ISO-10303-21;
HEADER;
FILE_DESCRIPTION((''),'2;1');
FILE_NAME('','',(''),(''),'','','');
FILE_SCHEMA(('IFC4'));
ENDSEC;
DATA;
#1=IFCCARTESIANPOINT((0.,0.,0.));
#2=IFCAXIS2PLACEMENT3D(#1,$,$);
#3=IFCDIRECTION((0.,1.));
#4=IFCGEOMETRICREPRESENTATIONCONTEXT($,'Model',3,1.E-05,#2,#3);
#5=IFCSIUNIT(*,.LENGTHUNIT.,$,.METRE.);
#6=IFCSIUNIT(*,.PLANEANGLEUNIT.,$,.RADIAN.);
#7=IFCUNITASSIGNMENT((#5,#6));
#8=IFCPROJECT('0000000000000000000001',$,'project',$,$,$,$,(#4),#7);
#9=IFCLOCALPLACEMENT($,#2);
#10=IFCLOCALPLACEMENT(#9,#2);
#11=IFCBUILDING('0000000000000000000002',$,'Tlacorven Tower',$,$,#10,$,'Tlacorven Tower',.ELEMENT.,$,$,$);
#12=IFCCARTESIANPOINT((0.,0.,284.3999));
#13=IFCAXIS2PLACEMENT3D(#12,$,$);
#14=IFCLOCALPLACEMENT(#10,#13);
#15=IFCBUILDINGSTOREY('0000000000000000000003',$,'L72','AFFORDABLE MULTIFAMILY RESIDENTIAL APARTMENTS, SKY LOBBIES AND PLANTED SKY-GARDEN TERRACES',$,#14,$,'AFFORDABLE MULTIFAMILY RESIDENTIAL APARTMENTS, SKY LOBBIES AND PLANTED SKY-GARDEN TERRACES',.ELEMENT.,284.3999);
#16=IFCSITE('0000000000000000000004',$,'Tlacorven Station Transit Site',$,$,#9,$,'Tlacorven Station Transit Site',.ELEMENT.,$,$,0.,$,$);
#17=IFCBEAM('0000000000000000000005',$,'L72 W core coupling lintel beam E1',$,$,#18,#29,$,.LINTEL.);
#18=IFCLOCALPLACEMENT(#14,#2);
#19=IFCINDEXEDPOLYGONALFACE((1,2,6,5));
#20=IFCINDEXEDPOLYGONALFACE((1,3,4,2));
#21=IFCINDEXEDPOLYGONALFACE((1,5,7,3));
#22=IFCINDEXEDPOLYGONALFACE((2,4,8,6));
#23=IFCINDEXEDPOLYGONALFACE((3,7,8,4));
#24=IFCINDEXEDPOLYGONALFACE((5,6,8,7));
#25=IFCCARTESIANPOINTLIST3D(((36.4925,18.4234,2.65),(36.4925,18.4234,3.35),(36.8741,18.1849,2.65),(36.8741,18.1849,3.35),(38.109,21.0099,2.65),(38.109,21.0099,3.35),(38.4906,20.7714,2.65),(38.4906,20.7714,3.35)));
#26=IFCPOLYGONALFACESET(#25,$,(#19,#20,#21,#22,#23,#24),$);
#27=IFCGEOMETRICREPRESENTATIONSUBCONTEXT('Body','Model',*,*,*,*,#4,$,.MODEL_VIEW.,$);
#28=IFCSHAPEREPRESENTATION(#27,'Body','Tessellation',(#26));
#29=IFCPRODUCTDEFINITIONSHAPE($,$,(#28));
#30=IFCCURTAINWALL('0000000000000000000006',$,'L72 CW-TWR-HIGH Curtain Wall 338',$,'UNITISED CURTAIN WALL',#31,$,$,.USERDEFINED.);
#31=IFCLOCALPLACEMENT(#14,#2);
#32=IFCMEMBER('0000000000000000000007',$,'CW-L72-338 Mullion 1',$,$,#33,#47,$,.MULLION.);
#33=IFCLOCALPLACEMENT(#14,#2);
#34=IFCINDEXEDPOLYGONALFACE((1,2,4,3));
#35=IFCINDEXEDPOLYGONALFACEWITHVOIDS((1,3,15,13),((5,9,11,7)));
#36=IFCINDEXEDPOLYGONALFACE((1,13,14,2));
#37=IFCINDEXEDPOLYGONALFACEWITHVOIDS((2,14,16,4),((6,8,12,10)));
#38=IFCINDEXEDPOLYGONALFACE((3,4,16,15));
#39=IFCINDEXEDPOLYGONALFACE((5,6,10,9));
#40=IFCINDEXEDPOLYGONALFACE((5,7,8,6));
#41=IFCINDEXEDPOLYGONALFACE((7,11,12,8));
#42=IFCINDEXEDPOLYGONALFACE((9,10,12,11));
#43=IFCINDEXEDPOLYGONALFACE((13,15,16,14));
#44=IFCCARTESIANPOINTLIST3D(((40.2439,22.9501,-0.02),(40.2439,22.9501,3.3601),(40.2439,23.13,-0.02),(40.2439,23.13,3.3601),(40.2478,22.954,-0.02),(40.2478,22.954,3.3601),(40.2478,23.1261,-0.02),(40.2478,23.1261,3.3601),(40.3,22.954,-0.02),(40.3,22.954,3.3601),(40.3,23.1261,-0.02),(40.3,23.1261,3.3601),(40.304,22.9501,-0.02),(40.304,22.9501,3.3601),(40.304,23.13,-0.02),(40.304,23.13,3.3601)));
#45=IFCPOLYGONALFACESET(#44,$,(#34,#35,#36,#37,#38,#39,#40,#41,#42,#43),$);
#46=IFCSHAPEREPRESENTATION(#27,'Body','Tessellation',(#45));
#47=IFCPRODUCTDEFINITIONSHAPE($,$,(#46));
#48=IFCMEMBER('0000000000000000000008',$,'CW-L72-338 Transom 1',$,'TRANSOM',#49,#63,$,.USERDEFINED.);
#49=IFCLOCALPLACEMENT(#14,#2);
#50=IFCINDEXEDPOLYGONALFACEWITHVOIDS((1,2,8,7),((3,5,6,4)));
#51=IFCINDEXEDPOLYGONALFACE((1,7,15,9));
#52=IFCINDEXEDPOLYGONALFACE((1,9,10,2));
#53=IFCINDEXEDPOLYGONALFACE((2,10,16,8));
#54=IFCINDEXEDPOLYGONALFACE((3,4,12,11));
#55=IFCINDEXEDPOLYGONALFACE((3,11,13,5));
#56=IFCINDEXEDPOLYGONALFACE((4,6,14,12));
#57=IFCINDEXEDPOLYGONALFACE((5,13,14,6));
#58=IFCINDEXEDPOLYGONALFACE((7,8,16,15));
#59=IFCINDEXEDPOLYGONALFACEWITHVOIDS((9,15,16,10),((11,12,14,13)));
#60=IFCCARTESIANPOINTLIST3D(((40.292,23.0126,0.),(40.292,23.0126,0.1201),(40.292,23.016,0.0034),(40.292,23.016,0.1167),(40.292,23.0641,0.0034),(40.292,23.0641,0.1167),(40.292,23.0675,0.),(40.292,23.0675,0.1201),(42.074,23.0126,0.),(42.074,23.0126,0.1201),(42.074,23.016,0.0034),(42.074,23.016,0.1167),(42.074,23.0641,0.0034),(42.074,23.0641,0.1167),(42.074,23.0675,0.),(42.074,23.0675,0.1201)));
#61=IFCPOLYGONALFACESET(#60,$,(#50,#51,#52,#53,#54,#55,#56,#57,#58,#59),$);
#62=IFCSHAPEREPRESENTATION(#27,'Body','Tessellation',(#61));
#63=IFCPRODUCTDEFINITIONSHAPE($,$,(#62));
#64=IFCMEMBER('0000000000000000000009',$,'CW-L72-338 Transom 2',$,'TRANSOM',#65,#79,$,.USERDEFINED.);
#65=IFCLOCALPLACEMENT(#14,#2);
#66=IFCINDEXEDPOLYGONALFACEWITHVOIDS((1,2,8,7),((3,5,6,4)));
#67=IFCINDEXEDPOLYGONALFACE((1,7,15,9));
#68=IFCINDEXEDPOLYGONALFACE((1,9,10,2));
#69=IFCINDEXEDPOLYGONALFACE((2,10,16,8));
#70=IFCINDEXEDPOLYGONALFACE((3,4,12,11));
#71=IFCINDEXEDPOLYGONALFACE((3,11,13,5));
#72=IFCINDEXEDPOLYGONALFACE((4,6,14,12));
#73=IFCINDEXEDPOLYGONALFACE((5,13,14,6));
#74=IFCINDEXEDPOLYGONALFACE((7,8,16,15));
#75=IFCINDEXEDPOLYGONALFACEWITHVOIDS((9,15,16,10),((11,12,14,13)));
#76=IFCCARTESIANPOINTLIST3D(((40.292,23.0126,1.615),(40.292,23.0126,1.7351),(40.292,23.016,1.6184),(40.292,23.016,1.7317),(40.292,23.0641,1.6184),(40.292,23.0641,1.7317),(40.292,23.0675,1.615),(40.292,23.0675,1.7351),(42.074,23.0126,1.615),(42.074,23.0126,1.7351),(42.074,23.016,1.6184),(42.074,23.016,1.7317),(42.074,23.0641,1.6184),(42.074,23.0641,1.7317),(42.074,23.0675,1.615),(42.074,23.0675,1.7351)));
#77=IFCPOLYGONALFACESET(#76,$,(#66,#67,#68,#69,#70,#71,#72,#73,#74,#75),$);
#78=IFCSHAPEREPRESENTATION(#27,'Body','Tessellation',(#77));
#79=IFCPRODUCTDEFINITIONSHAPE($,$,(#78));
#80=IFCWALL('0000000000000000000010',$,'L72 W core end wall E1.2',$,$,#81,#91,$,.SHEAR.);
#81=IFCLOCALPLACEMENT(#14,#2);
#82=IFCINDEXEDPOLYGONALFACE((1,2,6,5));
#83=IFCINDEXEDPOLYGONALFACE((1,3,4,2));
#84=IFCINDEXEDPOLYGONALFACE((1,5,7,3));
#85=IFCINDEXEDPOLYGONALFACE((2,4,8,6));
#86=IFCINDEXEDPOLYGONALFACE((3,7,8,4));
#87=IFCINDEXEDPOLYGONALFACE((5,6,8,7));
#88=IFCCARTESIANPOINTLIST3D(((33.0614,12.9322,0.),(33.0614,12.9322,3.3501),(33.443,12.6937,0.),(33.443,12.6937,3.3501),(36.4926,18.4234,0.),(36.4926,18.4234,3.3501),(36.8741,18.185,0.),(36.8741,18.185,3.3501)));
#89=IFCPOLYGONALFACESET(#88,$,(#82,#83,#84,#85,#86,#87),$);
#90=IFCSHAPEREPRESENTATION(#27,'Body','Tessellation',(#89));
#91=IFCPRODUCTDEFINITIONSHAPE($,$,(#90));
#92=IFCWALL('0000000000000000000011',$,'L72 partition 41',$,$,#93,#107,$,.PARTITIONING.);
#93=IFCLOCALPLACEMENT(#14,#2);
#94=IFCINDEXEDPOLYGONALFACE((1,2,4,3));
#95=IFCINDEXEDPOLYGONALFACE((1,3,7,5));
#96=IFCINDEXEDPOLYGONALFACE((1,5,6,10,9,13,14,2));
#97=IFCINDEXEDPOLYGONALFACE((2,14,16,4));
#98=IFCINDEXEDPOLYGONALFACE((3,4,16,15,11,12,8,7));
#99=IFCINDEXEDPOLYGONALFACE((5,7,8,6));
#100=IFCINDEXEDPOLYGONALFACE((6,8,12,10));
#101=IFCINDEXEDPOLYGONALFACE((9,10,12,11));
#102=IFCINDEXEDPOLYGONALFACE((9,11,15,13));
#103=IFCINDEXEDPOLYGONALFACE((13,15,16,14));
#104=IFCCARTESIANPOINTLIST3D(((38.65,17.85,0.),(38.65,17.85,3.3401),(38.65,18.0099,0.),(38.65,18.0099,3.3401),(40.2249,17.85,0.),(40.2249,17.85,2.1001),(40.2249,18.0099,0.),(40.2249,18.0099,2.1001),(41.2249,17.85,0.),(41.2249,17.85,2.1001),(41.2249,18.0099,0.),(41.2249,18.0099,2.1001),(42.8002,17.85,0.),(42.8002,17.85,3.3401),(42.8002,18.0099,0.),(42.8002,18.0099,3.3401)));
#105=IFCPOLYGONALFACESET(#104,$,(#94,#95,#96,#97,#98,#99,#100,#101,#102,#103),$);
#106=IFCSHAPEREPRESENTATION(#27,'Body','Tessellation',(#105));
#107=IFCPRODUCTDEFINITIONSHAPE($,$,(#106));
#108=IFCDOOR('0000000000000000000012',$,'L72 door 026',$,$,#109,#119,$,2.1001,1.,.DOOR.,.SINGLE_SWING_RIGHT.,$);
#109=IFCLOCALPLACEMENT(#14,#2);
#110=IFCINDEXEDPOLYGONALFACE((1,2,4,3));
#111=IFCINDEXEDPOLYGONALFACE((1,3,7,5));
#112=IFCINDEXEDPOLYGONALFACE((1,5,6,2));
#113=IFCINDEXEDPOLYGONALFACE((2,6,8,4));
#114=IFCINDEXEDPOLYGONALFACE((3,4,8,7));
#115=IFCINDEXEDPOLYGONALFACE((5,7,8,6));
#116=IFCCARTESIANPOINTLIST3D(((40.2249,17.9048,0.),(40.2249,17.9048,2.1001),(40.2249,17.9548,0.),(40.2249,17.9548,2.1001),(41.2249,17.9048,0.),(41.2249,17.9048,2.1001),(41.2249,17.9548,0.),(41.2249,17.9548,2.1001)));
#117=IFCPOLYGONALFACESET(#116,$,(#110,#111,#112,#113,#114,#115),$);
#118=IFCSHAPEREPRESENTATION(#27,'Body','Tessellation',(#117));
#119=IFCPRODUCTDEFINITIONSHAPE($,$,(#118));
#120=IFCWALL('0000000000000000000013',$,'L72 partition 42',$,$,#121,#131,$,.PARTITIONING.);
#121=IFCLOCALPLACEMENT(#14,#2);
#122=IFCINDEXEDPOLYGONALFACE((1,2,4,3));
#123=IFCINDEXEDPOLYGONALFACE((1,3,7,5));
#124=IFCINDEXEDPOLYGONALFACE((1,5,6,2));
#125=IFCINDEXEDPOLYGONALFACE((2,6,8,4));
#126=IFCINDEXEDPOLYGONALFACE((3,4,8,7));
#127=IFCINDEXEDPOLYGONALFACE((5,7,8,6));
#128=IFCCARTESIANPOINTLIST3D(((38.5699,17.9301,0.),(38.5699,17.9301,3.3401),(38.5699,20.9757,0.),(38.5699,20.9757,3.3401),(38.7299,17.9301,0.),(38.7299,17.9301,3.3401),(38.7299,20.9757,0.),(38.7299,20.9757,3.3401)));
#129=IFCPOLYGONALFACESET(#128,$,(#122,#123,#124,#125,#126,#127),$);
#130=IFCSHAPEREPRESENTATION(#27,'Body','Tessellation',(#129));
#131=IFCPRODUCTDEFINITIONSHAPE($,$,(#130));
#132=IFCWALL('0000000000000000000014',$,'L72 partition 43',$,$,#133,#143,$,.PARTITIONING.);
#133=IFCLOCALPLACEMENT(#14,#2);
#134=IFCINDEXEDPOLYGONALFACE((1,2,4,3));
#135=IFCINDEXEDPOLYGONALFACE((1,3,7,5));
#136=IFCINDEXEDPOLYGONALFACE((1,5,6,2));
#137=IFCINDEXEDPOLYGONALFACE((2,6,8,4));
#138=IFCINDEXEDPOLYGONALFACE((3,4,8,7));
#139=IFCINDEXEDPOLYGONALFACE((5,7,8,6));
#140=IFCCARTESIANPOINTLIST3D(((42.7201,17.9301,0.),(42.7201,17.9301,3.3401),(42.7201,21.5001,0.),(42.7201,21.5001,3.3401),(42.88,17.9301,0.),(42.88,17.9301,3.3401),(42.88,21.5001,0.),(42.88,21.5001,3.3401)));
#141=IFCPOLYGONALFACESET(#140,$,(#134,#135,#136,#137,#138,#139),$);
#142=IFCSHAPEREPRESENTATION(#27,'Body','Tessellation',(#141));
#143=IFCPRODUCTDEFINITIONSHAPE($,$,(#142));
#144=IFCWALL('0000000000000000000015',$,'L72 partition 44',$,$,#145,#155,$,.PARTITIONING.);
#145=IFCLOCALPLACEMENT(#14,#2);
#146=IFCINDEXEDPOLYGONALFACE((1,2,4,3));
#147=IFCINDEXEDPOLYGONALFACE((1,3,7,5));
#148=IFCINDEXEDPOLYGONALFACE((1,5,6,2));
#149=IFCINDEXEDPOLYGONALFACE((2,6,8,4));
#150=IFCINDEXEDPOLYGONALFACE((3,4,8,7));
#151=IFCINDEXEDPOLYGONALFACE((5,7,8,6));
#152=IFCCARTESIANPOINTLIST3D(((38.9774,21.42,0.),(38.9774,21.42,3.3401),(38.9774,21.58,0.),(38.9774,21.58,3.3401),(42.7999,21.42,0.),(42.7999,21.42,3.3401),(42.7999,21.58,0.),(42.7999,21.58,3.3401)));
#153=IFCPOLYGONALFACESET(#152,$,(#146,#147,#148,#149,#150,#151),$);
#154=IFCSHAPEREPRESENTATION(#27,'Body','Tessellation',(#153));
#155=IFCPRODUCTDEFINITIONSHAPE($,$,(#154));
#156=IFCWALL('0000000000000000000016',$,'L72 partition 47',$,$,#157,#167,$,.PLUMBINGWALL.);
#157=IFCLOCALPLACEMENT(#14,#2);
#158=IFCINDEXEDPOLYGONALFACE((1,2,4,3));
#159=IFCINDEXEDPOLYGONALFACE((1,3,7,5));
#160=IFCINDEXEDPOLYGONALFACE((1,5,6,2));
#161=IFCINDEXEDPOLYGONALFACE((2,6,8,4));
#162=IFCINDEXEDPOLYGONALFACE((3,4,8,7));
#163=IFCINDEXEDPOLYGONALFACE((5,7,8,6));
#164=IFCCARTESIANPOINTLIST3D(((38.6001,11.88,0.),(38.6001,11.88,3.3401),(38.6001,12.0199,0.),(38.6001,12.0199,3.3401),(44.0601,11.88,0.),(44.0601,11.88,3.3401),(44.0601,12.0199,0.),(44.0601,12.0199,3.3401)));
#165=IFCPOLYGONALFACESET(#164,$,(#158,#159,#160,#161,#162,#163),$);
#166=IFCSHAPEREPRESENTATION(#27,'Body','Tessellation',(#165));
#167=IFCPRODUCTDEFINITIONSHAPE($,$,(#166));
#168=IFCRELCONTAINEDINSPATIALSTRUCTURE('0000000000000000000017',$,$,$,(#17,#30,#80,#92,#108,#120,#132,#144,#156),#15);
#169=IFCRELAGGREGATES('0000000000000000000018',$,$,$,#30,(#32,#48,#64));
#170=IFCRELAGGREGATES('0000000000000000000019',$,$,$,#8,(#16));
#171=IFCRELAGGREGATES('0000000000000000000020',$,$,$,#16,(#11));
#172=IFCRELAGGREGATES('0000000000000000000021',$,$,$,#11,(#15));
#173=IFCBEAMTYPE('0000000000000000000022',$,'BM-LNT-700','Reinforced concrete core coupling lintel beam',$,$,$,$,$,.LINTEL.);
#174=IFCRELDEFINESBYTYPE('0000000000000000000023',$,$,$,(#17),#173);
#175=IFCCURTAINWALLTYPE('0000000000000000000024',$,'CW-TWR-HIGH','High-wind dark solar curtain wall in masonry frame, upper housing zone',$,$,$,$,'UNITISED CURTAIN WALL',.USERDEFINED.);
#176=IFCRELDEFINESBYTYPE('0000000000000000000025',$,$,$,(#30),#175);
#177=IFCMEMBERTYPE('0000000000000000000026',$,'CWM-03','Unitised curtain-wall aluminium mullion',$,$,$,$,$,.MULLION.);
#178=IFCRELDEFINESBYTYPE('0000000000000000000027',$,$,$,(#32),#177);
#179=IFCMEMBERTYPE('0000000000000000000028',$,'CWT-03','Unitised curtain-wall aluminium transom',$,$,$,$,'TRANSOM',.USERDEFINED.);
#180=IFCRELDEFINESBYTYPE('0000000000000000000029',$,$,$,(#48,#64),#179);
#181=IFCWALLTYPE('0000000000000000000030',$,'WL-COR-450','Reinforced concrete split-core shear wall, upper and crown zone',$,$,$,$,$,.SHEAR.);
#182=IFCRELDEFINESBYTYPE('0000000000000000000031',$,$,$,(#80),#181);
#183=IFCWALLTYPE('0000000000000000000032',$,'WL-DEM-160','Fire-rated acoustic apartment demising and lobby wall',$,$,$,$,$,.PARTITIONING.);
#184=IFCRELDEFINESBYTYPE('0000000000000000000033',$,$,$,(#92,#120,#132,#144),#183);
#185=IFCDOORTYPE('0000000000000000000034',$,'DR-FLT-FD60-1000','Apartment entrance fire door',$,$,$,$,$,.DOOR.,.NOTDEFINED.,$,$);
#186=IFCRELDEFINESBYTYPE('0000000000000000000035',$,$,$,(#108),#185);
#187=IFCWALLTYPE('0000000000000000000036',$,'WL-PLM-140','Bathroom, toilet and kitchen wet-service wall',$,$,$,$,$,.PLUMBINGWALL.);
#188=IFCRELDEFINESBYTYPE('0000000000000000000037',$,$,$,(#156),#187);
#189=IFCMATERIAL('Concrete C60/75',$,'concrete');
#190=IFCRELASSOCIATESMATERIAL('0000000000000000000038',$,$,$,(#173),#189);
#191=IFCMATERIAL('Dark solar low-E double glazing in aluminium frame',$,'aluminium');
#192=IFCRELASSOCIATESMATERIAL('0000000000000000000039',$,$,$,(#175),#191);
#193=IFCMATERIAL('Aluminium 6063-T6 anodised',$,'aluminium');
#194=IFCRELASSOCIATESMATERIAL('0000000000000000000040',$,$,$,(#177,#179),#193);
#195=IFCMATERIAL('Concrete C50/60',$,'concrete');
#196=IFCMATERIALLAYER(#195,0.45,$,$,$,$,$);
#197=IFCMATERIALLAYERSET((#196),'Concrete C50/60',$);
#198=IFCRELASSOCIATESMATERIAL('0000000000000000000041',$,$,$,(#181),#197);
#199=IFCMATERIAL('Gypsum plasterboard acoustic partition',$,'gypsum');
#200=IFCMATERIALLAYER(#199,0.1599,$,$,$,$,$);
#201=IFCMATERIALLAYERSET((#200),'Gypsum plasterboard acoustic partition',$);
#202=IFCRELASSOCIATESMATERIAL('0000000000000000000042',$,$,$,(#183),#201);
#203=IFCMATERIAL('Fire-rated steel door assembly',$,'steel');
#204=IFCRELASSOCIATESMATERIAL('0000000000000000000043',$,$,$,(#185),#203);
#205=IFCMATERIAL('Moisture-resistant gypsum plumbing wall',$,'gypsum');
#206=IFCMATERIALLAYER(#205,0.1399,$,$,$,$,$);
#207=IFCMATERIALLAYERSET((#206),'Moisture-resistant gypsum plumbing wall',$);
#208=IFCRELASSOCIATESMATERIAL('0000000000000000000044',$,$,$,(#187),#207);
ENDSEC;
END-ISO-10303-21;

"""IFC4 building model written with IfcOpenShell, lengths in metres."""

from ifc_helpers import new_model, si_unit, direction, frame, frame_2d, origin, origin_2d, place, context, subcontext, project, spatial, rectangle, hollow_rectangle, extrude, source, transform, mapped, material, layer, layer_set, material_profile, profile_set, type_object, element, fill, aggregate, save


model = new_model("IFC4")

# Units and contexts
model_context = context("Model", 3, precision=1e-05, world=origin(), true_north=direction((0.0, 1.0)))
body_context = subcontext(model_context, "Body", "Model", "MODEL_VIEW")
ifc_project = project(units=[si_unit("LENGTHUNIT", "METRE"), si_unit("PLANEANGLEUNIT", "RADIAN")], contexts=[model_context])

# Site, building, storey
site_placement = place(None, origin())
site = spatial("IfcSite", under=ifc_project, at=site_placement, Name="Tlacorven Station Transit Site", LongName="Tlacorven Station Transit Site", CompositionType="ELEMENT", RefElevation=0.0)
building_placement = place(site_placement, origin())
building = spatial("IfcBuilding", under=site, at=building_placement, Name="Tlacorven Tower", LongName="Tlacorven Tower", CompositionType="ELEMENT")
storey_placement = place(building_placement, frame((0.0, 0.0, 284.3999)))
storey = spatial("IfcBuildingStorey", under=building, at=storey_placement, Name="L72", Description="AFFORDABLE MULTIFAMILY RESIDENTIAL APARTMENTS, SKY LOBBIES AND PLANTED SKY-GARDEN TERRACES", LongName="AFFORDABLE MULTIFAMILY RESIDENTIAL APARTMENTS, SKY LOBBIES AND PLANTED SKY-GARDEN TERRACES", CompositionType="ELEMENT", Elevation=284.3999)

# Beam
ifc_material_1 = material(Name="Concrete C60/75", Category="concrete")
ifc_material_profile_1 = material_profile(ifc_material_1, rectangle(XDim=0.45, YDim=0.7, at=origin_2d()), Name="RC 450X700")
ifc_profile_set_1 = profile_set([ifc_material_profile_1], Name="Concrete C60/75")
beam_type = type_object("IfcBeamType", Name="BM-LNT-700", Description="Reinforced concrete core coupling lintel beam", PredefinedType="LINTEL", material=ifc_profile_set_1)
shared_shape_1 = source(origin(), body_context, "Body", "SweptSolid", [
    extrude(rectangle(XDim=0.45, YDim=0.7, at=origin_2d()), origin(), (0.0, 0.0, 1.0), 3.05),
])
beam_placement = place(storey_placement, frame((38.2998, 20.8906, 3.0), z_axis=(-0.529985, -0.848007, 0.0), x_axis=(0.848007, -0.529985, 0.0)))
element("IfcBeam", 1, at=beam_placement, inside=storey, type_object=beam_type, Name="L72 W core coupling lintel beam E1", PredefinedType="LINTEL", context=body_context, shape_type="MappedRepresentation", body=[
    mapped(shared_shape_1, transform((0.0, 0.0, 0.0), scale=1.0)),
])

# Curtain wall, members
ifc_material_2 = material(Name="Dark solar low-E double glazing in aluminium frame", Category="aluminium")
curtain_wall_type = type_object("IfcCurtainWallType", Name="CW-TWR-HIGH", Description="High-wind dark solar curtain wall in masonry frame, upper housing zone", ElementType="UNITISED CURTAIN WALL", PredefinedType="USERDEFINED", material=ifc_material_2)
curtain_wall_placement = place(storey_placement, origin())
curtain_wall = element("IfcCurtainWall", 2, at=curtain_wall_placement, inside=storey, type_object=curtain_wall_type, Name="L72 CW-TWR-HIGH Curtain Wall 338", ObjectType="UNITISED CURTAIN WALL", PredefinedType="USERDEFINED")
ifc_material_3 = material(Name="Aluminium 6063-T6 anodised", Category="aluminium")
ifc_material_profile_2 = material_profile(ifc_material_3, hollow_rectangle(XDim=0.0601, YDim=0.1799, WallThickness=0.0039, at=origin_2d()), Name="ALU MULLION 60X180")
ifc_profile_set_2 = profile_set([ifc_material_profile_2], Name="Aluminium 6063-T6 anodised")
member_type_1 = type_object("IfcMemberType", Name="CWM-03", Description="Unitised curtain-wall aluminium mullion", PredefinedType="MULLION", material=ifc_profile_set_2)
shared_shape_2 = source(origin(), body_context, "Body", "SweptSolid", [
    extrude(hollow_rectangle(XDim=0.0601, YDim=0.1799, WallThickness=0.0039, at=origin_2d()), origin(), (0.0, 0.0, 1.0), 3.3801),
])
member_1_placement = place(storey_placement, frame((40.2739, 23.04, -0.02), z_axis=(0.0, 0.0, 1.0), x_axis=(1.0, 0.0, 0.0)))
member_1 = element("IfcMember", 3, at=member_1_placement, type_object=member_type_1, Name="CW-L72-338 Mullion 1", PredefinedType="MULLION", context=body_context, shape_type="MappedRepresentation", body=[
    mapped(shared_shape_2, transform((0.0, 0.0, 0.0), scale=1.0)),
])
ifc_material_profile_3 = material_profile(ifc_material_3, hollow_rectangle(XDim=0.0549, YDim=0.1201, WallThickness=0.0034, at=origin_2d()), Name="ALU TRANSOM 55X120")
ifc_profile_set_3 = profile_set([ifc_material_profile_3], Name="Aluminium 6063-T6 anodised")
member_type_2 = type_object("IfcMemberType", Name="CWT-03", Description="Unitised curtain-wall aluminium transom", ElementType="TRANSOM", PredefinedType="USERDEFINED", material=ifc_profile_set_3)
shared_shape_3 = source(origin(), body_context, "Body", "SweptSolid", [
    extrude(hollow_rectangle(XDim=0.0549, YDim=0.1201, WallThickness=0.0034, at=origin_2d()), origin(), (0.0, 0.0, 1.0), 1.782),
])
member_2_placement = place(storey_placement, frame((40.292, 23.04, 0.0601), z_axis=(1.0, 0.0, 0.0), x_axis=(0.0, 1.0, 0.0)))
member_2 = element("IfcMember", 4, at=member_2_placement, type_object=member_type_2, Name="CW-L72-338 Transom 1", ObjectType="TRANSOM", PredefinedType="USERDEFINED", context=body_context, shape_type="MappedRepresentation", body=[
    mapped(shared_shape_3, transform((0.0, 0.0, 0.0), scale=1.0)),
])
member_3_placement = place(storey_placement, frame((40.292, 23.04, 1.675), z_axis=(1.0, 0.0, 0.0), x_axis=(0.0, 1.0, 0.0)))
member_3 = element("IfcMember", 5, at=member_3_placement, type_object=member_type_2, Name="CW-L72-338 Transom 2", ObjectType="TRANSOM", PredefinedType="USERDEFINED", context=body_context, shape_type="MappedRepresentation", body=[
    mapped(shared_shape_3, transform((0.0, 0.0, 0.0), scale=1.0)),
])
aggregate(curtain_wall, [member_1, member_2, member_3])

# Wall
ifc_material_4 = material(Name="Concrete C50/60", Category="concrete")
ifc_layer_1 = layer(ifc_material_4, 0.45)
ifc_layer_set_1 = layer_set([ifc_layer_1], Name="Concrete C50/60")
wall_type_1 = type_object("IfcWallType", Name="WL-COR-450", Description="Reinforced concrete split-core shear wall, upper and crown zone", PredefinedType="SHEAR", material=ifc_layer_set_1)
wall_1_placement = place(storey_placement, frame((36.6833, 18.3042, 0.0), z_axis=(0.0, 0.0, 1.0), x_axis=(-0.529904, -0.848058, 0.0)))
element("IfcWall", 6, at=wall_1_placement, inside=storey, type_object=wall_type_1, Name="L72 W core end wall E1.2", PredefinedType="SHEAR", context=body_context, shape_type="SweptSolid", body=[
    extrude(rectangle(XDim=6.4751, YDim=0.45, at=frame_2d((3.2375, 0.0))), origin(), (0.0, 0.0, 1.0), 3.3501),
])

# Wall, opening, door
ifc_material_5 = material(Name="Gypsum plasterboard acoustic partition", Category="gypsum")
ifc_layer_2 = layer(ifc_material_5, 0.1599)
ifc_layer_set_2 = layer_set([ifc_layer_2], Name="Gypsum plasterboard acoustic partition")
wall_type_2 = type_object("IfcWallType", Name="WL-DEM-160", Description="Fire-rated acoustic apartment demising and lobby wall", PredefinedType="PARTITIONING", material=ifc_layer_set_2)
wall_2_placement = place(storey_placement, frame((38.6499, 17.9299, 0.0), z_axis=(0.0, 0.0, 1.0), x_axis=(1.0, 0.0, 0.0)))
wall_2 = element("IfcWall", 7, at=wall_2_placement, inside=storey, type_object=wall_type_2, Name="L72 partition 41", PredefinedType="PARTITIONING", context=body_context, shape_type="SweptSolid", body=[
    extrude(rectangle(XDim=4.1501, YDim=0.1599, at=frame_2d((2.0752, 0.0))), origin(), (0.0, 0.0, 1.0), 3.3401),
])
opening_1_placement = place(wall_2_placement, frame((1.575, 0.0, 0.0)))
opening_1 = element("IfcOpeningElement", 8, at=opening_1_placement, cuts=wall_2, PredefinedType="OPENING", context=body_context, shape_type="SweptSolid", body=[
    extrude(rectangle(XDim=1.0, YDim=2.1001, at=frame_2d((0.5, 1.05))), frame((0.0, 0.0898, 0.0), z_axis=(0.0, -1.0, 0.0), x_axis=(1.0, 0.0, 0.0)), (0.0, 0.0, 1.0), 0.1799),
])
ifc_material_6 = material(Name="Fire-rated steel door assembly", Category="steel")
door_type_1 = type_object("IfcDoorType", Name="DR-FLT-FD60-1000", Description="Apartment entrance fire door", OperationType="NOTDEFINED", PredefinedType="DOOR", material=ifc_material_6)
shared_shape_4 = source(origin(), body_context, "Body", "SweptSolid", [
    extrude(rectangle(XDim=1.0, YDim=2.1001, at=frame_2d((0.5, 1.05))), frame((0.0, 0.0249, 0.0), z_axis=(0.0, -1.0, 0.0), x_axis=(1.0, 0.0, 0.0)), (0.0, 0.0, 1.0), 0.05),
])
door_1_placement = place(opening_1_placement, origin())
door_1 = element("IfcDoor", 9, at=door_1_placement, inside=storey, type_object=door_type_1, Name="L72 door 026", OperationType="SINGLE_SWING_RIGHT", OverallHeight=2.1001, OverallWidth=1.0, PredefinedType="DOOR", context=body_context, shape_type="MappedRepresentation", body=[
    mapped(shared_shape_4, transform((0.0, 0.0, 0.0), scale=1.0)),
])
fill(opening_1, door_1)

# Walls
wall_3_placement = place(storey_placement, frame((38.6499, 17.9299, 0.0), z_axis=(0.0, 0.0, 1.0), x_axis=(0.0, 1.0, 0.0)))
element("IfcWall", 10, at=wall_3_placement, inside=storey, type_object=wall_type_2, Name="L72 partition 42", PredefinedType="PARTITIONING", context=body_context, shape_type="SweptSolid", body=[
    extrude(rectangle(XDim=3.0457, YDim=0.1599, at=frame_2d((1.5229, 0.0))), origin(), (0.0, 0.0, 1.0), 3.3401),
])
wall_4_placement = place(storey_placement, frame((42.8, 17.9299, 0.0), z_axis=(0.0, 0.0, 1.0), x_axis=(0.0, 1.0, 0.0)))
element("IfcWall", 11, at=wall_4_placement, inside=storey, type_object=wall_type_2, Name="L72 partition 43", PredefinedType="PARTITIONING", context=body_context, shape_type="SweptSolid", body=[
    extrude(rectangle(XDim=3.5701, YDim=0.1599, at=frame_2d((1.7852, 0.0))), origin(), (0.0, 0.0, 1.0), 3.3401),
])
wall_5_placement = place(storey_placement, frame((38.9775, 21.5, 0.0), z_axis=(0.0, 0.0, 1.0), x_axis=(1.0, 0.0, 0.0)))
element("IfcWall", 12, at=wall_5_placement, inside=storey, type_object=wall_type_2, Name="L72 partition 44", PredefinedType="PARTITIONING", context=body_context, shape_type="SweptSolid", body=[
    extrude(rectangle(XDim=3.8225, YDim=0.1599, at=frame_2d((1.9111, 0.0))), origin(), (0.0, 0.0, 1.0), 3.3401),
])
ifc_material_7 = material(Name="Moisture-resistant gypsum plumbing wall", Category="gypsum")
ifc_layer_3 = layer(ifc_material_7, 0.1399)
ifc_layer_set_3 = layer_set([ifc_layer_3], Name="Moisture-resistant gypsum plumbing wall")
wall_type_3 = type_object("IfcWallType", Name="WL-PLM-140", Description="Bathroom, toilet and kitchen wet-service wall", PredefinedType="PLUMBINGWALL", material=ifc_layer_set_3)
wall_6_placement = place(storey_placement, frame((38.6001, 11.95, 0.0), z_axis=(0.0, 0.0, 1.0), x_axis=(1.0, 0.0, 0.0)))
element("IfcWall", 13, at=wall_6_placement, inside=storey, type_object=wall_type_3, Name="L72 partition 47", PredefinedType="PLUMBINGWALL", context=body_context, shape_type="SweptSolid", body=[
    extrude(rectangle(XDim=5.46, YDim=0.1399, at=frame_2d((2.73, 0.0))), origin(), (0.0, 0.0, 1.0), 3.3401),
])

save(model, "model.ifc")
